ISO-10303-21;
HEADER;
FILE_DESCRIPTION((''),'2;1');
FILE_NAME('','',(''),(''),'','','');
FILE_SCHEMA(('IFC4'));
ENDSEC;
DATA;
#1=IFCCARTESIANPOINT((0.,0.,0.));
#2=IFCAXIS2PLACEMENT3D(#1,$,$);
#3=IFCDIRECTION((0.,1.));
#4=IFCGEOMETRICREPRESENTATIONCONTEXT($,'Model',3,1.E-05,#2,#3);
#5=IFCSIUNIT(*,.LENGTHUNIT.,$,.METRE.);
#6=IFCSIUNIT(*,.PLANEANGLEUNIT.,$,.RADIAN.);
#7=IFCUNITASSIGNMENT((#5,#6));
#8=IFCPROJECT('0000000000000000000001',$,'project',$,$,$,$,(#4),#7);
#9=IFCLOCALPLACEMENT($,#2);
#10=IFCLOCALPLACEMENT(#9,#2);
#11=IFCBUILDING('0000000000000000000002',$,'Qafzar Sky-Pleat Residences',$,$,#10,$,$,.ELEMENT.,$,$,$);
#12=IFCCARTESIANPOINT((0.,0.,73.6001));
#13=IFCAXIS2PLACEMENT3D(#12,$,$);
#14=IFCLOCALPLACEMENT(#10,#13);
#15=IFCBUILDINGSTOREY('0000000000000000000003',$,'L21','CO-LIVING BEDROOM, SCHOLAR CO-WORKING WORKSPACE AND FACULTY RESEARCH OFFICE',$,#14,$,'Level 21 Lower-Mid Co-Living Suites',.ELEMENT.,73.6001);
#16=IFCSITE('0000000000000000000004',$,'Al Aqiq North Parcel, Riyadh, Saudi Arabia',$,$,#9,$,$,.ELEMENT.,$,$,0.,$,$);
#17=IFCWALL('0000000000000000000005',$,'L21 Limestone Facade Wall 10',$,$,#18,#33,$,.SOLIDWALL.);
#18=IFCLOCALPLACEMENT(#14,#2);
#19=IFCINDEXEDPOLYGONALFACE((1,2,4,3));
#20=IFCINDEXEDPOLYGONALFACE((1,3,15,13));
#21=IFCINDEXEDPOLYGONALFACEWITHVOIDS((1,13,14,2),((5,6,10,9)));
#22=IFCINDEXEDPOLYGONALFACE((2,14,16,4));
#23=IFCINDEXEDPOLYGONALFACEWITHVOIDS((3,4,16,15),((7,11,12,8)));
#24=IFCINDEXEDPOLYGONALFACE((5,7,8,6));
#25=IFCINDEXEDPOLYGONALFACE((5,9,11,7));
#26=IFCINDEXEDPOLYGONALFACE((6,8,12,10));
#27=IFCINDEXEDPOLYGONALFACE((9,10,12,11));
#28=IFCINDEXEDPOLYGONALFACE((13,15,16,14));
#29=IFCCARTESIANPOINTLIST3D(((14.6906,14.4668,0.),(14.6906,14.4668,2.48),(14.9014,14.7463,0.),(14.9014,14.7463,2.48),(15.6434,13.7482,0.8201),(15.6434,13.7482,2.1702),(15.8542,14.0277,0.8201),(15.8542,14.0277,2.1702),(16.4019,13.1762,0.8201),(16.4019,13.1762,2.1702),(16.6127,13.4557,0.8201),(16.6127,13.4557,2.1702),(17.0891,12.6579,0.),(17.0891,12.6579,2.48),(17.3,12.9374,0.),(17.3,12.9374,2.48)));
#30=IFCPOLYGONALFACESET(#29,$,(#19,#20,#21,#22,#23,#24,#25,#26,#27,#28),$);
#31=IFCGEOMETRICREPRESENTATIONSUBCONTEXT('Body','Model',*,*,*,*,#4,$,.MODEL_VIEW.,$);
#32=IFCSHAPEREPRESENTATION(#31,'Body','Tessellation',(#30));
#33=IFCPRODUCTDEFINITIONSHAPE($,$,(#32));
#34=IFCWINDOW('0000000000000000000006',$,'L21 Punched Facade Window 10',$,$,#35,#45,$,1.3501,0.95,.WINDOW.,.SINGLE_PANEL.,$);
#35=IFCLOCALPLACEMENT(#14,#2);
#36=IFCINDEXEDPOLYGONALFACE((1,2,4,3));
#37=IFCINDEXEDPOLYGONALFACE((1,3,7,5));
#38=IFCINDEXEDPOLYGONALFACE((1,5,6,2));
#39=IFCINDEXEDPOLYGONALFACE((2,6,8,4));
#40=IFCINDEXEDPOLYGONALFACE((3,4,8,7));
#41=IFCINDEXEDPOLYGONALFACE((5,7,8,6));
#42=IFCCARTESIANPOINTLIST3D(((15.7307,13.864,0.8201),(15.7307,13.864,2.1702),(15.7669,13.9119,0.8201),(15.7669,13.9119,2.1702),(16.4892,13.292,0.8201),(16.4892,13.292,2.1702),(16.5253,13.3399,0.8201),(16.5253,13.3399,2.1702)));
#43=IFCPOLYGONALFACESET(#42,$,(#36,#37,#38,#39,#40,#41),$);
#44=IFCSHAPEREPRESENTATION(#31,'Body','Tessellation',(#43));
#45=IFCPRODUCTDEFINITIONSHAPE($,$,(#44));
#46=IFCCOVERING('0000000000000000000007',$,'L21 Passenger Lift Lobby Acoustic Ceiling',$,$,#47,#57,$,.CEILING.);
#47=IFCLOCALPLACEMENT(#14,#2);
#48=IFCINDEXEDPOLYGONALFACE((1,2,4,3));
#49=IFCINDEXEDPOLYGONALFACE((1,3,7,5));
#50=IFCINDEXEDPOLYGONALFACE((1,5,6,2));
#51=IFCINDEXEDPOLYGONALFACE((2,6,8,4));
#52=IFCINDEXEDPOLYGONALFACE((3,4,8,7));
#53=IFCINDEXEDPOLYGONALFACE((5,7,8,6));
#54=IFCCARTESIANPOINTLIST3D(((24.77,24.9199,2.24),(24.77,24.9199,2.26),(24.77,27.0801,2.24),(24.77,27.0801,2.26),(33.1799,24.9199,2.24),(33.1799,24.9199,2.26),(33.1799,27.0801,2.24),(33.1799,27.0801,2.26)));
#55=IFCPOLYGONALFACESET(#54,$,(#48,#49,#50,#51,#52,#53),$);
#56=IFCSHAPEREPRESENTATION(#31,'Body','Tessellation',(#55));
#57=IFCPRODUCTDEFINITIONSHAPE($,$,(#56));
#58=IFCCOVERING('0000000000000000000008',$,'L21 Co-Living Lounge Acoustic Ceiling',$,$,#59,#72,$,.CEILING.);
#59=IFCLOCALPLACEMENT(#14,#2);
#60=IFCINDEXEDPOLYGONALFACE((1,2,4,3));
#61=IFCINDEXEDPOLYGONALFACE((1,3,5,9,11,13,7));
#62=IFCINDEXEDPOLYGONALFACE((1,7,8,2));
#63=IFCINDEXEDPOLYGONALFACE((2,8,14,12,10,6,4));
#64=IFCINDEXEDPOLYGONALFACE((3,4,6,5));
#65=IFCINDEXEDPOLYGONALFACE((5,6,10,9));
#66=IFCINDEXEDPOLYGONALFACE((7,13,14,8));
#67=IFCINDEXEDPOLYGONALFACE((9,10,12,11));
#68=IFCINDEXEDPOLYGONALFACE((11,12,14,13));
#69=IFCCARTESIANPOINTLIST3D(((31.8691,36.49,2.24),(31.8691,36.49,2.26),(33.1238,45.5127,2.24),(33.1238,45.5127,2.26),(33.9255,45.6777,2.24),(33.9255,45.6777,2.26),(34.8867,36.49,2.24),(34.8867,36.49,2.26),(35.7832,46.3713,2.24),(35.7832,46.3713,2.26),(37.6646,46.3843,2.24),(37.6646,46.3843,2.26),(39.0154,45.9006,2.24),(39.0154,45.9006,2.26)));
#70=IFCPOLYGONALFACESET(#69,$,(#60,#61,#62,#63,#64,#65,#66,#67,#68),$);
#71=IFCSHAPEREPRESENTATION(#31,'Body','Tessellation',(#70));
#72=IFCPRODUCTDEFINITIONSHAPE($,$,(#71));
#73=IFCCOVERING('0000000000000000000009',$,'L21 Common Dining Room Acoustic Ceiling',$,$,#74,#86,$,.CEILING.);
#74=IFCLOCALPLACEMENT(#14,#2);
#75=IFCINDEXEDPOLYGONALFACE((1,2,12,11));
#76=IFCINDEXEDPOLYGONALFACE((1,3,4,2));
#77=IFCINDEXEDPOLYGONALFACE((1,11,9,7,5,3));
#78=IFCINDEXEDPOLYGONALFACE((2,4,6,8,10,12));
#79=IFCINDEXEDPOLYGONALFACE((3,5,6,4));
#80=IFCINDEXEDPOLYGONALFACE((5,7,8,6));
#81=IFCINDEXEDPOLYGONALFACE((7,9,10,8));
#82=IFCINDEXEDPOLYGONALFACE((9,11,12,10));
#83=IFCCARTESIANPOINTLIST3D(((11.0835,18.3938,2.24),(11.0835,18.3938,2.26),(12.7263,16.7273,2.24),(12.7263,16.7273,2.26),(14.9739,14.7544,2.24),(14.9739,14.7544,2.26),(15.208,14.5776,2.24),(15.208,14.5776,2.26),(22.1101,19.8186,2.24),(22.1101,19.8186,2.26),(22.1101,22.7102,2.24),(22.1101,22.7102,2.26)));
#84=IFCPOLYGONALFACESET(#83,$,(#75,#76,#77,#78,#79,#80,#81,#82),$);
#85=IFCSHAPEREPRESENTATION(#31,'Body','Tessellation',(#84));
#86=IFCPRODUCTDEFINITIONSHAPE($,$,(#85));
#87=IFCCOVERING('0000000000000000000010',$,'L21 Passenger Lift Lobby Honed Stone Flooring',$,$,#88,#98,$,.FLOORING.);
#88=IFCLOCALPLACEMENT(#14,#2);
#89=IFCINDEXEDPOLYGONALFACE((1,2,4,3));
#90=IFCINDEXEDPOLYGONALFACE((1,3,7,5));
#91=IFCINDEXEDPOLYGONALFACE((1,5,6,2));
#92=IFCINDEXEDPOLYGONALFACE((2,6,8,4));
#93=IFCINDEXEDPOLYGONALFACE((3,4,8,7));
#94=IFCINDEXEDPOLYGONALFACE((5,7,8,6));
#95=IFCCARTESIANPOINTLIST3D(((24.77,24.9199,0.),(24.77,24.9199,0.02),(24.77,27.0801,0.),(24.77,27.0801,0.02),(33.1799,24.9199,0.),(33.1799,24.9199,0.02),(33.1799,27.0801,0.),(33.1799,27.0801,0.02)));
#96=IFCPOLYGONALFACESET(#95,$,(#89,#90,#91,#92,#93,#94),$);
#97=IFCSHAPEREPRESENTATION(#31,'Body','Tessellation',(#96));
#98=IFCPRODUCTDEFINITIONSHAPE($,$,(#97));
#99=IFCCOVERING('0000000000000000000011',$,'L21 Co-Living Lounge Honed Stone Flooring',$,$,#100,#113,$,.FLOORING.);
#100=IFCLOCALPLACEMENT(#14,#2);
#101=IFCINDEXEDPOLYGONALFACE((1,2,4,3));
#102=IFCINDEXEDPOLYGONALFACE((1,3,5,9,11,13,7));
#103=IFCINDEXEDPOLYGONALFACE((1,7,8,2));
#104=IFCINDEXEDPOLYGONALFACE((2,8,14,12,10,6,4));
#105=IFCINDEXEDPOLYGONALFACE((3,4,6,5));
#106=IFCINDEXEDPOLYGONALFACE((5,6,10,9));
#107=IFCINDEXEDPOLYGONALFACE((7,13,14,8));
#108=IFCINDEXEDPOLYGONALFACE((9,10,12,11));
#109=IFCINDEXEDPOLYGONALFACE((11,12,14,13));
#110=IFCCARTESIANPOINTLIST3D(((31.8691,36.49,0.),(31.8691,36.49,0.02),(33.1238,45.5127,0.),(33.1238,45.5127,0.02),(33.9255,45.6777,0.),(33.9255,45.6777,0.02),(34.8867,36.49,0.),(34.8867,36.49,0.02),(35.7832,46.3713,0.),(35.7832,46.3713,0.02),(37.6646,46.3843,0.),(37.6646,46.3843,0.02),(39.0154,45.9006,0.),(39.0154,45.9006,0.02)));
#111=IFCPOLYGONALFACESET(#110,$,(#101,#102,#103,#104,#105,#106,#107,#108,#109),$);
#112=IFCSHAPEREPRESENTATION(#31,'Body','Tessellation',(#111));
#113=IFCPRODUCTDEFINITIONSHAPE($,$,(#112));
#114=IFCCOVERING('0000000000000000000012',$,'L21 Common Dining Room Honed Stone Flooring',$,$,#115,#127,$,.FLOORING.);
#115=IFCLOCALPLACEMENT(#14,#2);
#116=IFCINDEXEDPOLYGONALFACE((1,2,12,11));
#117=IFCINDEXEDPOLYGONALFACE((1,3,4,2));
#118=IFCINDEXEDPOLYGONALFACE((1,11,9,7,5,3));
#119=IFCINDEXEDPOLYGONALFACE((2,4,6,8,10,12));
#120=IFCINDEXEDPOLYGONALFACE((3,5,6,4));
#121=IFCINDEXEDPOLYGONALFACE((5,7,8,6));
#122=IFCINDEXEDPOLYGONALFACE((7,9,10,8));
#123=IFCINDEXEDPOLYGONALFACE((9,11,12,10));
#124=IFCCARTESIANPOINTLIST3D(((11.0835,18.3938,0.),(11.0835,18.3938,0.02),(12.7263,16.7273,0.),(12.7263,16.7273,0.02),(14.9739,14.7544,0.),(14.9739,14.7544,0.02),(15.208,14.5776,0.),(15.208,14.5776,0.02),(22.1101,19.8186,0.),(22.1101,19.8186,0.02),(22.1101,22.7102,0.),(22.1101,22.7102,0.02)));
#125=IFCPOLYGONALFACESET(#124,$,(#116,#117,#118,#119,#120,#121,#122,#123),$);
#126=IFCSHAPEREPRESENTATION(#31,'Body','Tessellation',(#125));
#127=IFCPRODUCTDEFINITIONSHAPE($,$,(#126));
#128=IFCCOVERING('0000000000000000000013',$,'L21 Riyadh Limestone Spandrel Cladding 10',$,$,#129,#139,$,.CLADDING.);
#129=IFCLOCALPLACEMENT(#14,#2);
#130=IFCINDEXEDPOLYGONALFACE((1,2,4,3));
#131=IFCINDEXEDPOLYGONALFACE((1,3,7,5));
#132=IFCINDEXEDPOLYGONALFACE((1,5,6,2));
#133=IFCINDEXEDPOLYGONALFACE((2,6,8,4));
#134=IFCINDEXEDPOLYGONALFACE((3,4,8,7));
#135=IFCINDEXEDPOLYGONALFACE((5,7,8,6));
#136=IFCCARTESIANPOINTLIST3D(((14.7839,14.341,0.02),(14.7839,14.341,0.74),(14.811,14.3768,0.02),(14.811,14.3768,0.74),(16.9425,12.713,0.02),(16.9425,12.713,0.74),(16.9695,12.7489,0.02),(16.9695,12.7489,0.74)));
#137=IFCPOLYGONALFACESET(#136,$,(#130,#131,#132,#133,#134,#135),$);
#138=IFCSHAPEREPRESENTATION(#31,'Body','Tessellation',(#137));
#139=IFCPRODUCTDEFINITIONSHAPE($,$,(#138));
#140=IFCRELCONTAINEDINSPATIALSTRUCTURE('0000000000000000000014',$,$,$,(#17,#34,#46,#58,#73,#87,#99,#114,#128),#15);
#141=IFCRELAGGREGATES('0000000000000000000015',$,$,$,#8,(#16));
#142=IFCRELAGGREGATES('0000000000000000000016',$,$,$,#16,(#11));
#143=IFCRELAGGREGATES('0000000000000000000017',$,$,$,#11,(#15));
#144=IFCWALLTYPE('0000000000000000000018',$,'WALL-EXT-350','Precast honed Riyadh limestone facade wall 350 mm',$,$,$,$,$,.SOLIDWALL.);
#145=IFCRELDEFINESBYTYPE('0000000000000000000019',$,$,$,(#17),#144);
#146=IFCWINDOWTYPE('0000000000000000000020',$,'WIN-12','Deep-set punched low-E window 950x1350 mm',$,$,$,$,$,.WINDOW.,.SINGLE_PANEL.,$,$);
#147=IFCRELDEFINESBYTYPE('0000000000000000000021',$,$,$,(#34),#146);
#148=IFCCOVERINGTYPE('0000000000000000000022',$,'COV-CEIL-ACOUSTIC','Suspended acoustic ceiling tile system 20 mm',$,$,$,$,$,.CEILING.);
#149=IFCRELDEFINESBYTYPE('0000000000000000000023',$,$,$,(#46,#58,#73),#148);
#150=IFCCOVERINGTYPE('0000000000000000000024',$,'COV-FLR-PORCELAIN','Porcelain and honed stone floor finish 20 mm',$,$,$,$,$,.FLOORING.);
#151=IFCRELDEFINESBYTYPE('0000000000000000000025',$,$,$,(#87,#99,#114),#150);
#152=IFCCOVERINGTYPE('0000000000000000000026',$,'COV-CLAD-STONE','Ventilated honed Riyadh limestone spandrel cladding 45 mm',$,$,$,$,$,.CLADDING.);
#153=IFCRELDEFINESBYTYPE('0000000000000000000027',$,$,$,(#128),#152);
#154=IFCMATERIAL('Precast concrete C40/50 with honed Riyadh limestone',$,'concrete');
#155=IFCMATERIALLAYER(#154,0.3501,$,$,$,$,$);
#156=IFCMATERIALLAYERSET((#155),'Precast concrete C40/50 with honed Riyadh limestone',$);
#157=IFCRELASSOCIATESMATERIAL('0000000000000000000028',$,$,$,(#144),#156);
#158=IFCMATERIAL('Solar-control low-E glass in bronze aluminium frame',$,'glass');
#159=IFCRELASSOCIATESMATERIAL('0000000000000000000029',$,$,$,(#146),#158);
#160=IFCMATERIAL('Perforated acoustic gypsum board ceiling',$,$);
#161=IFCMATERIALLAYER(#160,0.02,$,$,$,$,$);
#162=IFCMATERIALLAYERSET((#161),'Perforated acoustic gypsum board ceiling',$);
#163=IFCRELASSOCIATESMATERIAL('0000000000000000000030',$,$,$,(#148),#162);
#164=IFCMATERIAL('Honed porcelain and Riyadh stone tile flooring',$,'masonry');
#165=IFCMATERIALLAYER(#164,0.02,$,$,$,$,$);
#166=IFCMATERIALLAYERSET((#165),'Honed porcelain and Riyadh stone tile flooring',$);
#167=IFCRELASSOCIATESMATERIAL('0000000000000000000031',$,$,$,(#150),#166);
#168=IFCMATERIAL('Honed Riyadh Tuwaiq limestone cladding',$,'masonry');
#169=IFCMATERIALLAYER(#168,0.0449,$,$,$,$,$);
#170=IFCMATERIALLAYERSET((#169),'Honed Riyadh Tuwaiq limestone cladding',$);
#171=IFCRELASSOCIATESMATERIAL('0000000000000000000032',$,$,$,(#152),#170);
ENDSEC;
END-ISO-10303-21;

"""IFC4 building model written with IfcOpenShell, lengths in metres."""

from ifc_helpers import new_model, si_unit, direction, frame, frame_2d, origin, origin_2d, place, context, subcontext, project, spatial, polyline, rectangle, outline, extrude, source, transform, mapped, material, layer, layer_set, type_object, element, fill, save


model = new_model("IFC4")

# Units and contexts
model_context = context("Model", 3, precision=1e-05, world=origin(), true_north=direction((0.0, 1.0)))
body_context = subcontext(model_context, "Body", "Model", "MODEL_VIEW")
ifc_project = project(units=[si_unit("LENGTHUNIT", "METRE"), si_unit("PLANEANGLEUNIT", "RADIAN")], contexts=[model_context])

# Site, building, storey
site_placement = place(None, origin())
site = spatial("IfcSite", under=ifc_project, at=site_placement, Name="Al Aqiq North Parcel, Riyadh, Saudi Arabia", CompositionType="ELEMENT", RefElevation=0.0)
building_placement = place(site_placement, origin())
building = spatial("IfcBuilding", under=site, at=building_placement, Name="Qafzar Sky-Pleat Residences", CompositionType="ELEMENT")
storey_placement = place(building_placement, frame((0.0, 0.0, 73.6001)))
storey = spatial("IfcBuildingStorey", under=building, at=storey_placement, Name="L21", Description="CO-LIVING BEDROOM, SCHOLAR CO-WORKING WORKSPACE AND FACULTY RESEARCH OFFICE", LongName="Level 21 Lower-Mid Co-Living Suites", CompositionType="ELEMENT", Elevation=73.6001)

# Wall, opening, window
ifc_material_1 = material(Name="Precast concrete C40/50 with honed Riyadh limestone", Category="concrete")
ifc_layer_1 = layer(ifc_material_1, 0.3501)
ifc_layer_set_1 = layer_set([ifc_layer_1], Name="Precast concrete C40/50 with honed Riyadh limestone")
wall_type_1 = type_object("IfcWallType", Name="WALL-EXT-350", Description="Precast honed Riyadh limestone facade wall 350 mm", PredefinedType="SOLIDWALL", material=ifc_layer_set_1)
wall_1_placement = place(storey_placement, frame((14.7961, 14.6064, 0.0), z_axis=(0.0, 0.0, 1.0), x_axis=(0.798398, -0.60213, 0.0)))
wall_1 = element("IfcWall", 1, at=wall_1_placement, inside=storey, type_object=wall_type_1, Name="L21 Limestone Facade Wall 10", PredefinedType="SOLIDWALL", context=body_context, shape_type="SweptSolid", body=[
    extrude(rectangle(XDim=3.0042, YDim=0.3501, at=frame_2d((1.502, 0.0))), origin(), (0.0, 0.0, 1.0), 2.48),
])
opening_placement = place(wall_1_placement, frame((1.1931, 0.0, 0.8201)))
opening = element("IfcOpeningElement", 2, at=opening_placement, cuts=wall_1, PredefinedType="OPENING", context=body_context, shape_type="SweptSolid", body=[
    extrude(rectangle(XDim=0.95, YDim=1.3501, at=frame_2d((0.4751, 0.675))), frame((0.0, 0.1851, 0.0), z_axis=(0.0, -1.0, 0.0), x_axis=(1.0, 0.0, 0.0)), (0.0, 0.0, 1.0), 0.3701),
])
ifc_material_2 = material(Name="Solar-control low-E glass in bronze aluminium frame", Category="glass")
window_type = type_object("IfcWindowType", Name="WIN-12", Description="Deep-set punched low-E window 950x1350 mm", PartitioningType="SINGLE_PANEL", PredefinedType="WINDOW", material=ifc_material_2)
shared_shape_1 = source(origin(), body_context, "Body", "SweptSolid", [
    extrude(rectangle(XDim=0.95, YDim=1.3501, at=frame_2d((0.4751, 0.675))), frame((0.0, 0.03, 0.0), z_axis=(0.0, -1.0, 0.0), x_axis=(1.0, 0.0, 0.0)), (0.0, 0.0, 1.0), 0.0601),
])
window_placement = place(opening_placement, origin())
window = element("IfcWindow", 3, at=window_placement, inside=storey, type_object=window_type, Name="L21 Punched Facade Window 10", OverallHeight=1.3501, OverallWidth=0.95, PartitioningType="SINGLE_PANEL", PredefinedType="WINDOW", context=body_context, shape_type="MappedRepresentation", body=[
    mapped(shared_shape_1, transform((0.0, 0.0, 0.0), x_axis=(1.0, 0.0, 0.0), y_axis=(0.0, 1.0, 0.0), z_axis=(0.0, 0.0, 1.0), scale=1.0)),
])
fill(opening, window)

# Coverings
ifc_material_3 = material(Name="Perforated acoustic gypsum board ceiling")
ifc_layer_2 = layer(ifc_material_3, 0.02)
ifc_layer_set_2 = layer_set([ifc_layer_2], Name="Perforated acoustic gypsum board ceiling")
covering_type_1 = type_object("IfcCoveringType", Name="COV-CEIL-ACOUSTIC", Description="Suspended acoustic ceiling tile system 20 mm", PredefinedType="CEILING", material=ifc_layer_set_2)
covering_1_placement = place(storey_placement, frame((0.0, 0.0, 2.24)))
element("IfcCovering", 4, at=covering_1_placement, inside=storey, type_object=covering_type_1, Name="L21 Passenger Lift Lobby Acoustic Ceiling", PredefinedType="CEILING", context=body_context, shape_type="SweptSolid", body=[
    extrude(outline(polyline([(33.1799, 24.9199), (24.77, 24.9199), (24.77, 27.0801), (33.1799, 27.0801), (33.1799, 24.9199)])), origin(), (0.0, 0.0, 1.0), 0.02),
])
covering_2_placement = place(storey_placement, frame((0.0, 0.0, 2.24)))
element("IfcCovering", 5, at=covering_2_placement, inside=storey, type_object=covering_type_1, Name="L21 Co-Living Lounge Acoustic Ceiling", PredefinedType="CEILING", context=body_context, shape_type="SweptSolid", body=[
    extrude(outline(polyline([(33.9255, 45.6777), (35.7832, 46.3713), (37.6646, 46.3843), (39.0154, 45.9006), (34.8867, 36.49), (31.8691, 36.49), (33.1238, 45.5127), (33.9255, 45.6777)])), origin(), (0.0, 0.0, 1.0), 0.02),
])
covering_3_placement = place(storey_placement, frame((0.0, 0.0, 2.24)))
element("IfcCovering", 6, at=covering_3_placement, inside=storey, type_object=covering_type_1, Name="L21 Common Dining Room Acoustic Ceiling", PredefinedType="CEILING", context=body_context, shape_type="SweptSolid", body=[
    extrude(outline(polyline([(14.9739, 14.7544), (12.7263, 16.7273), (11.0835, 18.3938), (22.1101, 22.7102), (22.1101, 19.8186), (15.208, 14.5776), (14.9739, 14.7544)])), origin(), (0.0, 0.0, 1.0), 0.02),
])
ifc_material_4 = material(Name="Honed porcelain and Riyadh stone tile flooring", Category="masonry")
ifc_layer_3 = layer(ifc_material_4, 0.02)
ifc_layer_set_3 = layer_set([ifc_layer_3], Name="Honed porcelain and Riyadh stone tile flooring")
covering_type_2 = type_object("IfcCoveringType", Name="COV-FLR-PORCELAIN", Description="Porcelain and honed stone floor finish 20 mm", PredefinedType="FLOORING", material=ifc_layer_set_3)
covering_4_placement = place(storey_placement, origin())
element("IfcCovering", 7, at=covering_4_placement, inside=storey, type_object=covering_type_2, Name="L21 Passenger Lift Lobby Honed Stone Flooring", PredefinedType="FLOORING", context=body_context, shape_type="SweptSolid", body=[
    extrude(outline(polyline([(33.1799, 24.9199), (24.77, 24.9199), (24.77, 27.0801), (33.1799, 27.0801), (33.1799, 24.9199)])), origin(), (0.0, 0.0, 1.0), 0.02),
])
covering_5_placement = place(storey_placement, origin())
element("IfcCovering", 8, at=covering_5_placement, inside=storey, type_object=covering_type_2, Name="L21 Co-Living Lounge Honed Stone Flooring", PredefinedType="FLOORING", context=body_context, shape_type="SweptSolid", body=[
    extrude(outline(polyline([(33.9255, 45.6777), (35.7832, 46.3713), (37.6646, 46.3843), (39.0154, 45.9006), (34.8867, 36.49), (31.8691, 36.49), (33.1238, 45.5127), (33.9255, 45.6777)])), origin(), (0.0, 0.0, 1.0), 0.02),
])
covering_6_placement = place(storey_placement, origin())
element("IfcCovering", 9, at=covering_6_placement, inside=storey, type_object=covering_type_2, Name="L21 Common Dining Room Honed Stone Flooring", PredefinedType="FLOORING", context=body_context, shape_type="SweptSolid", body=[
    extrude(outline(polyline([(14.9739, 14.7544), (12.7263, 16.7273), (11.0835, 18.3938), (22.1101, 22.7102), (22.1101, 19.8186), (15.208, 14.5776), (14.9739, 14.7544)])), origin(), (0.0, 0.0, 1.0), 0.02),
])
ifc_material_5 = material(Name="Honed Riyadh Tuwaiq limestone cladding", Category="masonry")
ifc_layer_4 = layer(ifc_material_5, 0.0449)
ifc_layer_set_4 = layer_set([ifc_layer_4], Name="Honed Riyadh Tuwaiq limestone cladding")
covering_type_3 = type_object("IfcCoveringType", Name="COV-CLAD-STONE", Description="Ventilated honed Riyadh limestone spandrel cladding 45 mm", PredefinedType="CLADDING", material=ifc_layer_set_4)
shared_shape_2 = source(origin(), body_context, "Body", "SweptSolid", [
    extrude(rectangle(XDim=2.7036, YDim=0.0449, at=origin_2d()), origin(), (0.0, 0.0, 1.0), 0.72),
])
covering_7_placement = place(storey_placement, frame((15.8767, 13.5449, 0.02), z_axis=(0.0, 0.0, 1.0), x_axis=(0.798395, -0.602134, 0.0)))
element("IfcCovering", 10, at=covering_7_placement, inside=storey, type_object=covering_type_3, Name="L21 Riyadh Limestone Spandrel Cladding 10", PredefinedType="CLADDING", context=body_context, shape_type="MappedRepresentation", body=[
    mapped(shared_shape_2, transform((0.0, 0.0, 0.0), x_axis=(1.0, 0.0, 0.0), y_axis=(0.0, 1.0, 0.0), z_axis=(0.0, 0.0, 1.0), scale=1.0)),
])

save(model, "model.ifc")
